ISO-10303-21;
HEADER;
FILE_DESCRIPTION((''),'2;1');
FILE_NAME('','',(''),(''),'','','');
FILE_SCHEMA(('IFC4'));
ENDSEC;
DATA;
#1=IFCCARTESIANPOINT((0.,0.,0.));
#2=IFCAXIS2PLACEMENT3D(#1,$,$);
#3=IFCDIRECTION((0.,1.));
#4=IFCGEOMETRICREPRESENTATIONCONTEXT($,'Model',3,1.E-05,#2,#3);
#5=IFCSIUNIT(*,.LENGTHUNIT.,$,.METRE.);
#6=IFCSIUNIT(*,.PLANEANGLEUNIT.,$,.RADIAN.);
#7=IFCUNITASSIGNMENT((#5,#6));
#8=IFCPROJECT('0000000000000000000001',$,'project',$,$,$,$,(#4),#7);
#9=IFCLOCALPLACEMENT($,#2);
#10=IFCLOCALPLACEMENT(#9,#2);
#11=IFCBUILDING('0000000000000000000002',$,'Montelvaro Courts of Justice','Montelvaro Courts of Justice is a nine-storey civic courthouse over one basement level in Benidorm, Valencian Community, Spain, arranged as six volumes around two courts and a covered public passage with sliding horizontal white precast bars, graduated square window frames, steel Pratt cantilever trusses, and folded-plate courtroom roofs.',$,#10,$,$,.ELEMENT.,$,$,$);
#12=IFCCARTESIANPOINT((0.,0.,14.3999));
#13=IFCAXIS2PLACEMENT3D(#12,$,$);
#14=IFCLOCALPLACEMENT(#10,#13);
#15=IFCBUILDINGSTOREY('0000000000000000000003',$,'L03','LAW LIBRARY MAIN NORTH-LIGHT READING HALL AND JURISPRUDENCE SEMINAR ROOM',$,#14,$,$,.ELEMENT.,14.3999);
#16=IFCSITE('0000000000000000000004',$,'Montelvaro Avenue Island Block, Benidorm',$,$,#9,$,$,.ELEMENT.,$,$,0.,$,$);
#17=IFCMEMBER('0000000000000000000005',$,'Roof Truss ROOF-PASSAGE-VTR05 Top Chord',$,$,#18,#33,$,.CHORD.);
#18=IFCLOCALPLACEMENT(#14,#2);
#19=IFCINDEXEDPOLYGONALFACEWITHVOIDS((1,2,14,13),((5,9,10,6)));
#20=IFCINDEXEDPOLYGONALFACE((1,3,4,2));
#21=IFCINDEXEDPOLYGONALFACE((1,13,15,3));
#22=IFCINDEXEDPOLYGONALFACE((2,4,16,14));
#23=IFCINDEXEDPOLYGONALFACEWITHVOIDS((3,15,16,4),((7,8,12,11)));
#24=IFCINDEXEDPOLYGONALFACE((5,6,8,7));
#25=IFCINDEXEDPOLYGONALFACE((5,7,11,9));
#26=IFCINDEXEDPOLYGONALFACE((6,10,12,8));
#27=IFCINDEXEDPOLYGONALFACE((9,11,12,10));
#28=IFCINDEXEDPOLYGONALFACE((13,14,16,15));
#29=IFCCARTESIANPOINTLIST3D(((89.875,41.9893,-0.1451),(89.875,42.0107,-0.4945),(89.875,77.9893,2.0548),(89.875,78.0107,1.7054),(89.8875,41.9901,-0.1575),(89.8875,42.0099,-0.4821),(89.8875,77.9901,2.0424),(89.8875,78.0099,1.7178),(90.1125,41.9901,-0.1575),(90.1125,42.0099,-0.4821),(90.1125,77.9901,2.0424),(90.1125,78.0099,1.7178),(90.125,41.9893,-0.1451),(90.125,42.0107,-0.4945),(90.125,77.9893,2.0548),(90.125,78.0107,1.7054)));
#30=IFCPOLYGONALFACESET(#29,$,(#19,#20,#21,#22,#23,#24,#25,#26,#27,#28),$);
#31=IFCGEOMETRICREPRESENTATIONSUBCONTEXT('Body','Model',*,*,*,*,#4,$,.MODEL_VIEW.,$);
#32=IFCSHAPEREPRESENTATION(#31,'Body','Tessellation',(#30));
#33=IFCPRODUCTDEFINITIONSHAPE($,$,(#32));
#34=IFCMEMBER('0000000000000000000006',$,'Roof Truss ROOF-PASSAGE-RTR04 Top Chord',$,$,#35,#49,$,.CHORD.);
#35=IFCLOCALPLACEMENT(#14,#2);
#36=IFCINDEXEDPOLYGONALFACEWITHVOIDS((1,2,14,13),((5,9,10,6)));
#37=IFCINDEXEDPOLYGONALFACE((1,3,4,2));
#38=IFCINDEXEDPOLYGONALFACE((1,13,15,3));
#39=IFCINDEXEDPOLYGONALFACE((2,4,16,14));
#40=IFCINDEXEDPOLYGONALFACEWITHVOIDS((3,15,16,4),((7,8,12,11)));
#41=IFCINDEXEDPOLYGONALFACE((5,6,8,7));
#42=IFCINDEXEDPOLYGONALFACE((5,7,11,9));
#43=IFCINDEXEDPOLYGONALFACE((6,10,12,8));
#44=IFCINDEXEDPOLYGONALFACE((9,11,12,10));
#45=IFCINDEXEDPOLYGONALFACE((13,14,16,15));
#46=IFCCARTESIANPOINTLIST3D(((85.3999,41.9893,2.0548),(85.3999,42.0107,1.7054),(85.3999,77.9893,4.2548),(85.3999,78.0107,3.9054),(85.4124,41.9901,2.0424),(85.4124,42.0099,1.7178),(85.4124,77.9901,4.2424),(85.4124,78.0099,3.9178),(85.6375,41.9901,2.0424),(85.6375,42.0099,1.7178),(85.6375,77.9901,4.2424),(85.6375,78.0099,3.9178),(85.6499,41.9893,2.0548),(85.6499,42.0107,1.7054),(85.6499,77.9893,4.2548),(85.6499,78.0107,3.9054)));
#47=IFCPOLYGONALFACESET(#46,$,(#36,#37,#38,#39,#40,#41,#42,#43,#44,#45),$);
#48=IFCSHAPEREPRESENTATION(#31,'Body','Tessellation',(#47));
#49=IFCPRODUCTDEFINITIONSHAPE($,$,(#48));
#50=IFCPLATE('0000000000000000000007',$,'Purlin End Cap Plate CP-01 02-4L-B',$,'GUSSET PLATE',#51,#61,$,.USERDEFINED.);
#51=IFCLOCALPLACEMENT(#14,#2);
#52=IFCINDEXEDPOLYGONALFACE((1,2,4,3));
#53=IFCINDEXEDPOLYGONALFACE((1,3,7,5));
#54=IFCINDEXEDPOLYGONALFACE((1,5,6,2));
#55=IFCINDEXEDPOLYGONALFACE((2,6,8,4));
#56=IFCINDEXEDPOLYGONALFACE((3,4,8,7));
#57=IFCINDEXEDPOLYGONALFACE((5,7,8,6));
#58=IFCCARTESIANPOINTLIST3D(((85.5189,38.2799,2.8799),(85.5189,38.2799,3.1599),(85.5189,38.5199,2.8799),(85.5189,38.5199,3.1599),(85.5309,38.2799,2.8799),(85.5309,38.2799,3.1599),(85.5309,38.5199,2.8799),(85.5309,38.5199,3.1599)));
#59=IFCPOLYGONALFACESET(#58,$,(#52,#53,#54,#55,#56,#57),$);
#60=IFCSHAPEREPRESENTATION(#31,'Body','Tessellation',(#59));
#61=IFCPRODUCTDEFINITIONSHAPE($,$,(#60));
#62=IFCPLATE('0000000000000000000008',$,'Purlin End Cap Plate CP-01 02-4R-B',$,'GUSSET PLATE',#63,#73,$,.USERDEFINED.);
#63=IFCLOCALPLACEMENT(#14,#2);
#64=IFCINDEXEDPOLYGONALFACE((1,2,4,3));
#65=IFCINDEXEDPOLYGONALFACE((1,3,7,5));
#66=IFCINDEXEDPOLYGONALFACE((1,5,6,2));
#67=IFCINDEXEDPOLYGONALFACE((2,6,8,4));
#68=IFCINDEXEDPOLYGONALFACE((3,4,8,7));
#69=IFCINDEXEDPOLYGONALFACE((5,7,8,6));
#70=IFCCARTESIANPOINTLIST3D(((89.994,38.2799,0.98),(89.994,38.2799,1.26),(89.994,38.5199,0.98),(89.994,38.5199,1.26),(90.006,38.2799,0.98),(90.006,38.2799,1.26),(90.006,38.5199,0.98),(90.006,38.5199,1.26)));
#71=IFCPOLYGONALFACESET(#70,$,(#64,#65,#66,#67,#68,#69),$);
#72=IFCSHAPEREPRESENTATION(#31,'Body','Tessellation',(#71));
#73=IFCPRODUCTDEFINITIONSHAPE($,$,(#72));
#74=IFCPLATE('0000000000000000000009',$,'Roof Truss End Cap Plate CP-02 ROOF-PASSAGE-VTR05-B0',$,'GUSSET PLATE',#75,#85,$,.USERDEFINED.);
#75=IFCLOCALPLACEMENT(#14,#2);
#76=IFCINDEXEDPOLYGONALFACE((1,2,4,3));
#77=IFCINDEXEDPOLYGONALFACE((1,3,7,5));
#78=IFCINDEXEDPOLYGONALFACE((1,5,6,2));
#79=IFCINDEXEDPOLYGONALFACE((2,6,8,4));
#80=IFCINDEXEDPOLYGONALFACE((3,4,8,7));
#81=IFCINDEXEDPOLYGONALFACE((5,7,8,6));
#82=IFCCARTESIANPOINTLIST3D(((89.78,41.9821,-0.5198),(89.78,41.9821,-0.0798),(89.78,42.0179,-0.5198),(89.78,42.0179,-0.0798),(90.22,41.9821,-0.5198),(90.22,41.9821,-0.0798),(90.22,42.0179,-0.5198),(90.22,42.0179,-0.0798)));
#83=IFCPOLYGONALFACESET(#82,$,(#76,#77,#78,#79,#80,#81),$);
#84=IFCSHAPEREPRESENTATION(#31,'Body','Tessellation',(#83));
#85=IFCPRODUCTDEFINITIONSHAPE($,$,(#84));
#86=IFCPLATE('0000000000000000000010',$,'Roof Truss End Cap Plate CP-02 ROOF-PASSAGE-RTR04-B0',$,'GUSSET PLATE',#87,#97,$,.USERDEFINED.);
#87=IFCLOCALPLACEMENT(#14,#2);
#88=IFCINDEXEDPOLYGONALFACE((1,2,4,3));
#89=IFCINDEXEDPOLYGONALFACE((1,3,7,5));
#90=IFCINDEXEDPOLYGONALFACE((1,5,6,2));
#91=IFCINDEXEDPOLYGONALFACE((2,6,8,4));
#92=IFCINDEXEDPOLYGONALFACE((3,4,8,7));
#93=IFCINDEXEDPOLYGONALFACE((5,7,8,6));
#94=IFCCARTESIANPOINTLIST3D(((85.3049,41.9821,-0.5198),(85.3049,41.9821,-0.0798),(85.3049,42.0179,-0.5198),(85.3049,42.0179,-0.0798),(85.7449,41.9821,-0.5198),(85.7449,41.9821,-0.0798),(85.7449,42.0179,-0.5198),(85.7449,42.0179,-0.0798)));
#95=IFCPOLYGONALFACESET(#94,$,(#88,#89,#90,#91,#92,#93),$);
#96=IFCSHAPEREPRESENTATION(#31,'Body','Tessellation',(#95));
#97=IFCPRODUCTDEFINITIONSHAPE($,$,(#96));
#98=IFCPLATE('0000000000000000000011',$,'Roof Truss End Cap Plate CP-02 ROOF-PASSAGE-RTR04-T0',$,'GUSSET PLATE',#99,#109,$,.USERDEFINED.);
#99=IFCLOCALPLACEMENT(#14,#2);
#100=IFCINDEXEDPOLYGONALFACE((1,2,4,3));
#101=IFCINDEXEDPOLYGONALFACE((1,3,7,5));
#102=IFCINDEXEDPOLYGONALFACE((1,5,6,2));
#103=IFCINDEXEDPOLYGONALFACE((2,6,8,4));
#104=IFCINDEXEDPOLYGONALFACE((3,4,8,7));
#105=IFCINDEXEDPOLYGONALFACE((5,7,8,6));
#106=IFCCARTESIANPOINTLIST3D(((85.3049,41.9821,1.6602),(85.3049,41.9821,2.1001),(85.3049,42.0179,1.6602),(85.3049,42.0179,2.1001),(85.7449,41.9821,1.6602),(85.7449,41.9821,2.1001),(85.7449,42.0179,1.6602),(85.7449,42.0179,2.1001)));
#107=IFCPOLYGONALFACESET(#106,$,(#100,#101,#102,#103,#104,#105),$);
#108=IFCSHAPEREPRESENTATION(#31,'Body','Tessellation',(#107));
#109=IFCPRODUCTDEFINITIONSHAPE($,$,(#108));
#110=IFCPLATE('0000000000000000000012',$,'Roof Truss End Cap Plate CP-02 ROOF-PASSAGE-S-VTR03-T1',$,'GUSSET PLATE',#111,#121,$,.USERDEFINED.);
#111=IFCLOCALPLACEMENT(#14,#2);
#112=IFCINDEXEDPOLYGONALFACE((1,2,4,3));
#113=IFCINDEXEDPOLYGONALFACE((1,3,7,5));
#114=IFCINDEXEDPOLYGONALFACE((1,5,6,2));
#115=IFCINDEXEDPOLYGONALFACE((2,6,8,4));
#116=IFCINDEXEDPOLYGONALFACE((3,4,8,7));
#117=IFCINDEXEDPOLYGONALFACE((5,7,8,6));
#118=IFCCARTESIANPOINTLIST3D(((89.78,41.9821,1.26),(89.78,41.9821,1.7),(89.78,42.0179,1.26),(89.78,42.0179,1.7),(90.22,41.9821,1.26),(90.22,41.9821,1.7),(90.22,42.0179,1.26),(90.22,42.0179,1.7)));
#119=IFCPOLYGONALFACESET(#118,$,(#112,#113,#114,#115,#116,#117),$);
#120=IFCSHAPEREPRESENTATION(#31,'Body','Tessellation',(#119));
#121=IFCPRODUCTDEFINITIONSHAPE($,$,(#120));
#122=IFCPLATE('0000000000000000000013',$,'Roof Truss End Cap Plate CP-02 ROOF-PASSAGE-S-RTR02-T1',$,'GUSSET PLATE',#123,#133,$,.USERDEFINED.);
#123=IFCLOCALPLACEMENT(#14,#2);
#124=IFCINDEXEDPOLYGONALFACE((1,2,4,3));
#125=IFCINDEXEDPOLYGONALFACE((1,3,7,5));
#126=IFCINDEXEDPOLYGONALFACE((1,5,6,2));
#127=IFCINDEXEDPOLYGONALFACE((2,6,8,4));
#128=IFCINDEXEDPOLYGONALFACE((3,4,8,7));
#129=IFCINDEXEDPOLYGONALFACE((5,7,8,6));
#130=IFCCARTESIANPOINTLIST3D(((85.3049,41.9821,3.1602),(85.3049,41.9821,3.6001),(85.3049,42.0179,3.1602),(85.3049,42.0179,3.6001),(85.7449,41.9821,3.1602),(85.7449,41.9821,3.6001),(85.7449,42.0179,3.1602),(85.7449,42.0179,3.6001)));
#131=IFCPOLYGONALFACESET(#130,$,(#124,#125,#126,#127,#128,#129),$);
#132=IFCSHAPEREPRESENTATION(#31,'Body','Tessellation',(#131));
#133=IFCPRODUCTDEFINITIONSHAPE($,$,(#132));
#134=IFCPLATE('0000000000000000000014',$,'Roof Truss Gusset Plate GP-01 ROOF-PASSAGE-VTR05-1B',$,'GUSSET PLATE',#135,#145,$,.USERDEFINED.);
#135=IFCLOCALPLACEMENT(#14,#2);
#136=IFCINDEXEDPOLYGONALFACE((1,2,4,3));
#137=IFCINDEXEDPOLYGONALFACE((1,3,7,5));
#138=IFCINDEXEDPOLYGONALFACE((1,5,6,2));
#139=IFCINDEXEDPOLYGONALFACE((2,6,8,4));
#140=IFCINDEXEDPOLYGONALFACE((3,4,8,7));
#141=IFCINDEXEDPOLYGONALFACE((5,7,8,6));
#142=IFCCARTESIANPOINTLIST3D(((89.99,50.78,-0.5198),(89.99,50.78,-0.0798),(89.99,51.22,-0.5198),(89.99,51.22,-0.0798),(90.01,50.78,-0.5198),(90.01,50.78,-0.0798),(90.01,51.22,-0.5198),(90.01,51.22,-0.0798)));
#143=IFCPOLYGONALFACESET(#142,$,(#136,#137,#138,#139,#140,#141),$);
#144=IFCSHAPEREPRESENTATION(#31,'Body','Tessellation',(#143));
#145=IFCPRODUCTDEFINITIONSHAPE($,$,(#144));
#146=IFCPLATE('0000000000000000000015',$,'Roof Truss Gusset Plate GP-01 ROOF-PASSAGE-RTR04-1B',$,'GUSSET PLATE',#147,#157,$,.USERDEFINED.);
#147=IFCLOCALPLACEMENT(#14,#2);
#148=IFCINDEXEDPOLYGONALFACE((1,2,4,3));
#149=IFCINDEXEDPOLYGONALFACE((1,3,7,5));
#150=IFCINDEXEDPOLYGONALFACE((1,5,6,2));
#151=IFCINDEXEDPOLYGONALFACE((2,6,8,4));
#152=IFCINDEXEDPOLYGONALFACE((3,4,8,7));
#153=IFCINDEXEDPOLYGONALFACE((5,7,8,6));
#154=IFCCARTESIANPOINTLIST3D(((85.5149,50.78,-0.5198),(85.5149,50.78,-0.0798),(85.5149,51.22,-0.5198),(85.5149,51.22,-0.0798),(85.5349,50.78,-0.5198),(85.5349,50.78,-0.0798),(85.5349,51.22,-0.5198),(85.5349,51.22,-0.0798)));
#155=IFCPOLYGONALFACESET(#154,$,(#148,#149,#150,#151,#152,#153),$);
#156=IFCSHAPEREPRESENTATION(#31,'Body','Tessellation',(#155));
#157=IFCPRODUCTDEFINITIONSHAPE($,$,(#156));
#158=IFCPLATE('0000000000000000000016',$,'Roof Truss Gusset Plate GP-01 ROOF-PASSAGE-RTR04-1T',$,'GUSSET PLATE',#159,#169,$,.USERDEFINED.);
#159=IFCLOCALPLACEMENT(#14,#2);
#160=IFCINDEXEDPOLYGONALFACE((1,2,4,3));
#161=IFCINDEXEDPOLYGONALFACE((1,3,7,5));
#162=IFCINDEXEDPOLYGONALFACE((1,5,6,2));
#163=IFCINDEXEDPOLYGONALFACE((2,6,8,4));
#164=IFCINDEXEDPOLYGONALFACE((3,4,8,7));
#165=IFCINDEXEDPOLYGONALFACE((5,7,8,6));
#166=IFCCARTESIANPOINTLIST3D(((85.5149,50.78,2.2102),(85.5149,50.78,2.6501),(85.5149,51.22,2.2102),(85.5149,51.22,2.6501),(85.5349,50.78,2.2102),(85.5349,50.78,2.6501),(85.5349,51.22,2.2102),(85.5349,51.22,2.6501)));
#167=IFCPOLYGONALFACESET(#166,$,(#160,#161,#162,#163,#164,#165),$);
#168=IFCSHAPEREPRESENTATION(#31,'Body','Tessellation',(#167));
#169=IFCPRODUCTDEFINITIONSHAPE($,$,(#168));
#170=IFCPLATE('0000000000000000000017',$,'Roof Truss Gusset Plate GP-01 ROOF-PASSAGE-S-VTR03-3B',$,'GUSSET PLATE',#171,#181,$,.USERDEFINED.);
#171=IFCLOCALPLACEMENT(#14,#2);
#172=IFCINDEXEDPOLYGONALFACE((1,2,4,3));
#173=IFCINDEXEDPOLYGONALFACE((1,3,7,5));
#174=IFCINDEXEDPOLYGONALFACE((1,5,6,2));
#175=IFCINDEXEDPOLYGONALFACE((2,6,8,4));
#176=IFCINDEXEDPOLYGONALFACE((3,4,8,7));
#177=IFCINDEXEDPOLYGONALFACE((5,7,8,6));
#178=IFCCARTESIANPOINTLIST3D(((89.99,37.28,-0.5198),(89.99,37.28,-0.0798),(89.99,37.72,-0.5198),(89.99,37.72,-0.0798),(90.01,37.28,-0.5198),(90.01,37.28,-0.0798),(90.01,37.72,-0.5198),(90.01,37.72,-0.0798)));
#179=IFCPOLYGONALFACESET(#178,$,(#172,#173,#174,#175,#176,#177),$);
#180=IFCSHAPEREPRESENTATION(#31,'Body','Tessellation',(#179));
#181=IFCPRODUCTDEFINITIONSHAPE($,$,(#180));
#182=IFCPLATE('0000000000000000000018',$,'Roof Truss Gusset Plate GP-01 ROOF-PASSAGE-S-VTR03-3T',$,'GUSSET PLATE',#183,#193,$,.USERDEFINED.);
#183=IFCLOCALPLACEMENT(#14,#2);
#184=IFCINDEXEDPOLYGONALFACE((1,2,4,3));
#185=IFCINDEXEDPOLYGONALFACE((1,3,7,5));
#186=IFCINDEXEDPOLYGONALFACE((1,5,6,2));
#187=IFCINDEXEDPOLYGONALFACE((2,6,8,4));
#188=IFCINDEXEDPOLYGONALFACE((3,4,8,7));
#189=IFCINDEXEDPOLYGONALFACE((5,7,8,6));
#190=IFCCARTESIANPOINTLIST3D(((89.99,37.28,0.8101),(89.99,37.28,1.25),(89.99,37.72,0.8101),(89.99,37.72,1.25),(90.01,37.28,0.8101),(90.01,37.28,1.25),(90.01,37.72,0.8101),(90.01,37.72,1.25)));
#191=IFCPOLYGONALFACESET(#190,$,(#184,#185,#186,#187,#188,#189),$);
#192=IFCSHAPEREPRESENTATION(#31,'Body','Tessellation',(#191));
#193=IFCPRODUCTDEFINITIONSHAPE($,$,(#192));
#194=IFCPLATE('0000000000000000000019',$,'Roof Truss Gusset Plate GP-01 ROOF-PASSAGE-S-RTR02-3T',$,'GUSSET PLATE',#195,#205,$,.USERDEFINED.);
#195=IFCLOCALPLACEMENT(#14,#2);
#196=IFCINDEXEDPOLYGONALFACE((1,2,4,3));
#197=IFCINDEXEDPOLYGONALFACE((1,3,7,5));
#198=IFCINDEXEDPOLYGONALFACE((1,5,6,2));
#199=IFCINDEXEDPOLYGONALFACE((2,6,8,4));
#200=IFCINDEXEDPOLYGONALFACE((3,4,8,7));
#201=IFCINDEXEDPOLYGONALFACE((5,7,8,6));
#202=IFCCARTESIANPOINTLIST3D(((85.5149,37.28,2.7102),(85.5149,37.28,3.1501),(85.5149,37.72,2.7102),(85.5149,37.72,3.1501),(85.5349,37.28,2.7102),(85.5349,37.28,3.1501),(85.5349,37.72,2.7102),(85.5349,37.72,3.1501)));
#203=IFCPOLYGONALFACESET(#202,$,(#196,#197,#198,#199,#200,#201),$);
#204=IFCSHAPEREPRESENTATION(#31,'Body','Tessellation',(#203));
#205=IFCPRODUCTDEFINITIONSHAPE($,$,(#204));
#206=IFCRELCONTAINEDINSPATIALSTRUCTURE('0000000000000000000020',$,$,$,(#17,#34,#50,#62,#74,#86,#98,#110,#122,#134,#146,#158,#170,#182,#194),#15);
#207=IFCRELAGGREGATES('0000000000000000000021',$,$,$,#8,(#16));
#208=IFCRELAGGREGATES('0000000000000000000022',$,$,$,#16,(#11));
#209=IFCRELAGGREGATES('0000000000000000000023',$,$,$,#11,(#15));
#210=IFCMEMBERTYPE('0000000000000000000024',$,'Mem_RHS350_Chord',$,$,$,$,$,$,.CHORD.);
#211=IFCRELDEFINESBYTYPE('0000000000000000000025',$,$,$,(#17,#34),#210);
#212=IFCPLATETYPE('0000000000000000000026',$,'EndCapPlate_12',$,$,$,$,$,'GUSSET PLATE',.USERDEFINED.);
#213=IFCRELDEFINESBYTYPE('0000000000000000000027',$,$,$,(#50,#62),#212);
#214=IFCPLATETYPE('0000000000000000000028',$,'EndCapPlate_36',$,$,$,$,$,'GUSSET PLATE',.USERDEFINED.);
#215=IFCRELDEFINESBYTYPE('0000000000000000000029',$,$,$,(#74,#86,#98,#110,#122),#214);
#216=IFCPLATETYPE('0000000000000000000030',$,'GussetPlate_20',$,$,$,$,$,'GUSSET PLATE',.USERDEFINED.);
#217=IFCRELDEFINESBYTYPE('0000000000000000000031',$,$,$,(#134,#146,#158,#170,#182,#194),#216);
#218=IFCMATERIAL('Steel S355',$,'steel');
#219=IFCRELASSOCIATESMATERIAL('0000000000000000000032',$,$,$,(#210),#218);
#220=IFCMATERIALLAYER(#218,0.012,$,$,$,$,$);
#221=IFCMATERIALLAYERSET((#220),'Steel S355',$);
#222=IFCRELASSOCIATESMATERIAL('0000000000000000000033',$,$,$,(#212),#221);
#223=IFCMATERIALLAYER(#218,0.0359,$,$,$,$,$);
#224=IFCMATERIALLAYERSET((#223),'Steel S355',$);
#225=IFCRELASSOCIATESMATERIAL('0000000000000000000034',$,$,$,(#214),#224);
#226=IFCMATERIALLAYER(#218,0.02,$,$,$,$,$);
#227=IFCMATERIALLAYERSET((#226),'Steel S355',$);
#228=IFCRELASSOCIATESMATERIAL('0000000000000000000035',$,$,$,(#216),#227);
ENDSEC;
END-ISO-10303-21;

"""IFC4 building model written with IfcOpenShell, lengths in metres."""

from ifc_helpers import new_model, si_unit, direction, frame, origin, origin_2d, place, context, subcontext, project, spatial, rectangle, hollow_rectangle, extrude, material, layer, layer_set, material_profile, profile_set, type_object, element, save


model = new_model("IFC4")

# Units and contexts
model_context = context("Model", 3, precision=1e-05, world=origin(), true_north=direction((0.0, 1.0)))
body_context = subcontext(model_context, "Body", "Model", "MODEL_VIEW")
ifc_project = project(units=[si_unit("LENGTHUNIT", "METRE"), si_unit("PLANEANGLEUNIT", "RADIAN")], contexts=[model_context])

# Site, building, storey
site_placement = place(None, origin())
site = spatial("IfcSite", under=ifc_project, at=site_placement, Name="Montelvaro Avenue Island Block, Benidorm", CompositionType="ELEMENT", RefElevation=0.0)
building_placement = place(site_placement, origin())
building = spatial("IfcBuilding", under=site, at=building_placement, Name="Montelvaro Courts of Justice", Description="Montelvaro Courts of Justice is a nine-storey civic courthouse over one basement level in Benidorm, Valencian Community, Spain, arranged as six volumes around two courts and a covered public passage with sliding horizontal white precast bars, graduated square window frames, steel Pratt cantilever trusses, and folded-plate courtroom roofs.", CompositionType="ELEMENT")
storey_placement = place(building_placement, frame((0.0, 0.0, 14.3999)))
storey = spatial("IfcBuildingStorey", under=building, at=storey_placement, Name="L03", Description="LAW LIBRARY MAIN NORTH-LIGHT READING HALL AND JURISPRUDENCE SEMINAR ROOM", CompositionType="ELEMENT", Elevation=14.3999)

# Members
ifc_material_1 = material(Name="Steel S355", Category="steel")
ifc_material_profile_1 = material_profile(ifc_material_1, hollow_rectangle(XDim=0.25, YDim=0.3501, WallThickness=0.0125, at=origin_2d()), Name="RHS 350x250x12.5")
ifc_profile_set_1 = profile_set([ifc_material_profile_1], Name="Steel S355")
member_type_1 = type_object("IfcMemberType", Name="Mem_RHS350_Chord", PredefinedType="CHORD", material=ifc_profile_set_1)
for number, where, z_axis, x_axis, name in (
    (1, (90.0, 42.0, -0.3198), (0.0, 0.998138, 0.060996), (-1.0, 0.0, 0.0), "Roof Truss ROOF-PASSAGE-VTR05 Top Chord"),
    (2, (85.5249, 42.0, 1.8801), (0.0, 0.998138, 0.060996), (-1.0, 0.0, 0.0), "Roof Truss ROOF-PASSAGE-RTR04 Top Chord"),
):
    element("IfcMember", number, at=place(storey_placement, frame(where, z_axis=z_axis, x_axis=x_axis)), inside=storey, type_object=member_type_1, Name=name, PredefinedType="CHORD", context=body_context, shape_type="SweptSolid", body=[
        extrude(hollow_rectangle(XDim=0.25, YDim=0.3501, WallThickness=0.0125, at=origin_2d()), origin(), (0.0, 0.0, 1.0), 36.0671),
    ])

# Plates
ifc_layer_1 = layer(ifc_material_1, 0.012)
ifc_layer_set_1 = layer_set([ifc_layer_1], Name="Steel S355")
plate_type_1 = type_object("IfcPlateType", Name="EndCapPlate_12", ElementType="GUSSET PLATE", PredefinedType="USERDEFINED", material=ifc_layer_set_1)
for number, where, z_axis, x_axis, name in (
    (3, (85.5249, 38.3999, 2.8799), (0.0, 0.0, 1.0), (1.0, 0.0, 0.0), "Purlin End Cap Plate CP-01 02-4L-B"),
    (4, (90.0, 38.3999, 0.98), (0.0, 0.0, 1.0), (1.0, 0.0, 0.0), "Purlin End Cap Plate CP-01 02-4R-B"),
):
    element("IfcPlate", number, at=place(storey_placement, frame(where, z_axis=z_axis, x_axis=x_axis)), inside=storey, type_object=plate_type_1, Name=name, ObjectType="GUSSET PLATE", PredefinedType="USERDEFINED", context=body_context, shape_type="SweptSolid", body=[
        extrude(rectangle(XDim=0.012, YDim=0.24, at=origin_2d()), origin(), (0.0, 0.0, 1.0), 0.28),
    ])
ifc_layer_2 = layer(ifc_material_1, 0.0359)
ifc_layer_set_2 = layer_set([ifc_layer_2], Name="Steel S355")
plate_type_2 = type_object("IfcPlateType", Name="EndCapPlate_36", ElementType="GUSSET PLATE", PredefinedType="USERDEFINED", material=ifc_layer_set_2)
for number, where, z_axis, x_axis, name in (
    (5, (90.0, 42.0, -0.5198), (0.0, 0.0, 1.0), (1.0, 0.0, 0.0), "Roof Truss End Cap Plate CP-02 ROOF-PASSAGE-VTR05-B0"),
    (6, (85.5249, 42.0, -0.5198), (0.0, 0.0, 1.0), (1.0, 0.0, 0.0), "Roof Truss End Cap Plate CP-02 ROOF-PASSAGE-RTR04-B0"),
    (7, (85.5249, 42.0, 1.6602), (0.0, 0.0, 1.0), (1.0, 0.0, 0.0), "Roof Truss End Cap Plate CP-02 ROOF-PASSAGE-RTR04-T0"),
    (8, (90.0, 42.0, 1.26), (0.0, 0.0, 1.0), (1.0, 0.0, 0.0), "Roof Truss End Cap Plate CP-02 ROOF-PASSAGE-S-VTR03-T1"),
    (9, (85.5249, 42.0, 3.1602), (0.0, 0.0, 1.0), (1.0, 0.0, 0.0), "Roof Truss End Cap Plate CP-02 ROOF-PASSAGE-S-RTR02-T1"),
):
    element("IfcPlate", number, at=place(storey_placement, frame(where, z_axis=z_axis, x_axis=x_axis)), inside=storey, type_object=plate_type_2, Name=name, ObjectType="GUSSET PLATE", PredefinedType="USERDEFINED", context=body_context, shape_type="SweptSolid", body=[
        extrude(rectangle(XDim=0.4399, YDim=0.0359, at=origin_2d()), origin(), (0.0, 0.0, 1.0), 0.4399),
    ])
ifc_layer_3 = layer(ifc_material_1, 0.02)
ifc_layer_set_3 = layer_set([ifc_layer_3], Name="Steel S355")
plate_type_3 = type_object("IfcPlateType", Name="GussetPlate_20", ElementType="GUSSET PLATE", PredefinedType="USERDEFINED", material=ifc_layer_set_3)
for number, where, z_axis, x_axis, name in (
    (10, (90.0, 51.0, -0.5198), (0.0, 0.0, 1.0), (1.0, 0.0, 0.0), "Roof Truss Gusset Plate GP-01 ROOF-PASSAGE-VTR05-1B"),
    (11, (85.5249, 51.0, -0.5198), (0.0, 0.0, 1.0), (1.0, 0.0, 0.0), "Roof Truss Gusset Plate GP-01 ROOF-PASSAGE-RTR04-1B"),
    (12, (85.5249, 51.0, 2.2102), (0.0, 0.0, 1.0), (1.0, 0.0, 0.0), "Roof Truss Gusset Plate GP-01 ROOF-PASSAGE-RTR04-1T"),
    (13, (90.0, 37.5, -0.5198), (0.0, 0.0, 1.0), (1.0, 0.0, 0.0), "Roof Truss Gusset Plate GP-01 ROOF-PASSAGE-S-VTR03-3B"),
    (14, (90.0, 37.5, 0.8101), (0.0, 0.0, 1.0), (1.0, 0.0, 0.0), "Roof Truss Gusset Plate GP-01 ROOF-PASSAGE-S-VTR03-3T"),
    (15, (85.5249, 37.5, 2.7102), (0.0, 0.0, 1.0), (1.0, 0.0, 0.0), "Roof Truss Gusset Plate GP-01 ROOF-PASSAGE-S-RTR02-3T"),
):
    element("IfcPlate", number, at=place(storey_placement, frame(where, z_axis=z_axis, x_axis=x_axis)), inside=storey, type_object=plate_type_3, Name=name, ObjectType="GUSSET PLATE", PredefinedType="USERDEFINED", context=body_context, shape_type="SweptSolid", body=[
        extrude(rectangle(XDim=0.02, YDim=0.4399, at=origin_2d()), origin(), (0.0, 0.0, 1.0), 0.4399),
    ])

save(model, "model.ifc")
